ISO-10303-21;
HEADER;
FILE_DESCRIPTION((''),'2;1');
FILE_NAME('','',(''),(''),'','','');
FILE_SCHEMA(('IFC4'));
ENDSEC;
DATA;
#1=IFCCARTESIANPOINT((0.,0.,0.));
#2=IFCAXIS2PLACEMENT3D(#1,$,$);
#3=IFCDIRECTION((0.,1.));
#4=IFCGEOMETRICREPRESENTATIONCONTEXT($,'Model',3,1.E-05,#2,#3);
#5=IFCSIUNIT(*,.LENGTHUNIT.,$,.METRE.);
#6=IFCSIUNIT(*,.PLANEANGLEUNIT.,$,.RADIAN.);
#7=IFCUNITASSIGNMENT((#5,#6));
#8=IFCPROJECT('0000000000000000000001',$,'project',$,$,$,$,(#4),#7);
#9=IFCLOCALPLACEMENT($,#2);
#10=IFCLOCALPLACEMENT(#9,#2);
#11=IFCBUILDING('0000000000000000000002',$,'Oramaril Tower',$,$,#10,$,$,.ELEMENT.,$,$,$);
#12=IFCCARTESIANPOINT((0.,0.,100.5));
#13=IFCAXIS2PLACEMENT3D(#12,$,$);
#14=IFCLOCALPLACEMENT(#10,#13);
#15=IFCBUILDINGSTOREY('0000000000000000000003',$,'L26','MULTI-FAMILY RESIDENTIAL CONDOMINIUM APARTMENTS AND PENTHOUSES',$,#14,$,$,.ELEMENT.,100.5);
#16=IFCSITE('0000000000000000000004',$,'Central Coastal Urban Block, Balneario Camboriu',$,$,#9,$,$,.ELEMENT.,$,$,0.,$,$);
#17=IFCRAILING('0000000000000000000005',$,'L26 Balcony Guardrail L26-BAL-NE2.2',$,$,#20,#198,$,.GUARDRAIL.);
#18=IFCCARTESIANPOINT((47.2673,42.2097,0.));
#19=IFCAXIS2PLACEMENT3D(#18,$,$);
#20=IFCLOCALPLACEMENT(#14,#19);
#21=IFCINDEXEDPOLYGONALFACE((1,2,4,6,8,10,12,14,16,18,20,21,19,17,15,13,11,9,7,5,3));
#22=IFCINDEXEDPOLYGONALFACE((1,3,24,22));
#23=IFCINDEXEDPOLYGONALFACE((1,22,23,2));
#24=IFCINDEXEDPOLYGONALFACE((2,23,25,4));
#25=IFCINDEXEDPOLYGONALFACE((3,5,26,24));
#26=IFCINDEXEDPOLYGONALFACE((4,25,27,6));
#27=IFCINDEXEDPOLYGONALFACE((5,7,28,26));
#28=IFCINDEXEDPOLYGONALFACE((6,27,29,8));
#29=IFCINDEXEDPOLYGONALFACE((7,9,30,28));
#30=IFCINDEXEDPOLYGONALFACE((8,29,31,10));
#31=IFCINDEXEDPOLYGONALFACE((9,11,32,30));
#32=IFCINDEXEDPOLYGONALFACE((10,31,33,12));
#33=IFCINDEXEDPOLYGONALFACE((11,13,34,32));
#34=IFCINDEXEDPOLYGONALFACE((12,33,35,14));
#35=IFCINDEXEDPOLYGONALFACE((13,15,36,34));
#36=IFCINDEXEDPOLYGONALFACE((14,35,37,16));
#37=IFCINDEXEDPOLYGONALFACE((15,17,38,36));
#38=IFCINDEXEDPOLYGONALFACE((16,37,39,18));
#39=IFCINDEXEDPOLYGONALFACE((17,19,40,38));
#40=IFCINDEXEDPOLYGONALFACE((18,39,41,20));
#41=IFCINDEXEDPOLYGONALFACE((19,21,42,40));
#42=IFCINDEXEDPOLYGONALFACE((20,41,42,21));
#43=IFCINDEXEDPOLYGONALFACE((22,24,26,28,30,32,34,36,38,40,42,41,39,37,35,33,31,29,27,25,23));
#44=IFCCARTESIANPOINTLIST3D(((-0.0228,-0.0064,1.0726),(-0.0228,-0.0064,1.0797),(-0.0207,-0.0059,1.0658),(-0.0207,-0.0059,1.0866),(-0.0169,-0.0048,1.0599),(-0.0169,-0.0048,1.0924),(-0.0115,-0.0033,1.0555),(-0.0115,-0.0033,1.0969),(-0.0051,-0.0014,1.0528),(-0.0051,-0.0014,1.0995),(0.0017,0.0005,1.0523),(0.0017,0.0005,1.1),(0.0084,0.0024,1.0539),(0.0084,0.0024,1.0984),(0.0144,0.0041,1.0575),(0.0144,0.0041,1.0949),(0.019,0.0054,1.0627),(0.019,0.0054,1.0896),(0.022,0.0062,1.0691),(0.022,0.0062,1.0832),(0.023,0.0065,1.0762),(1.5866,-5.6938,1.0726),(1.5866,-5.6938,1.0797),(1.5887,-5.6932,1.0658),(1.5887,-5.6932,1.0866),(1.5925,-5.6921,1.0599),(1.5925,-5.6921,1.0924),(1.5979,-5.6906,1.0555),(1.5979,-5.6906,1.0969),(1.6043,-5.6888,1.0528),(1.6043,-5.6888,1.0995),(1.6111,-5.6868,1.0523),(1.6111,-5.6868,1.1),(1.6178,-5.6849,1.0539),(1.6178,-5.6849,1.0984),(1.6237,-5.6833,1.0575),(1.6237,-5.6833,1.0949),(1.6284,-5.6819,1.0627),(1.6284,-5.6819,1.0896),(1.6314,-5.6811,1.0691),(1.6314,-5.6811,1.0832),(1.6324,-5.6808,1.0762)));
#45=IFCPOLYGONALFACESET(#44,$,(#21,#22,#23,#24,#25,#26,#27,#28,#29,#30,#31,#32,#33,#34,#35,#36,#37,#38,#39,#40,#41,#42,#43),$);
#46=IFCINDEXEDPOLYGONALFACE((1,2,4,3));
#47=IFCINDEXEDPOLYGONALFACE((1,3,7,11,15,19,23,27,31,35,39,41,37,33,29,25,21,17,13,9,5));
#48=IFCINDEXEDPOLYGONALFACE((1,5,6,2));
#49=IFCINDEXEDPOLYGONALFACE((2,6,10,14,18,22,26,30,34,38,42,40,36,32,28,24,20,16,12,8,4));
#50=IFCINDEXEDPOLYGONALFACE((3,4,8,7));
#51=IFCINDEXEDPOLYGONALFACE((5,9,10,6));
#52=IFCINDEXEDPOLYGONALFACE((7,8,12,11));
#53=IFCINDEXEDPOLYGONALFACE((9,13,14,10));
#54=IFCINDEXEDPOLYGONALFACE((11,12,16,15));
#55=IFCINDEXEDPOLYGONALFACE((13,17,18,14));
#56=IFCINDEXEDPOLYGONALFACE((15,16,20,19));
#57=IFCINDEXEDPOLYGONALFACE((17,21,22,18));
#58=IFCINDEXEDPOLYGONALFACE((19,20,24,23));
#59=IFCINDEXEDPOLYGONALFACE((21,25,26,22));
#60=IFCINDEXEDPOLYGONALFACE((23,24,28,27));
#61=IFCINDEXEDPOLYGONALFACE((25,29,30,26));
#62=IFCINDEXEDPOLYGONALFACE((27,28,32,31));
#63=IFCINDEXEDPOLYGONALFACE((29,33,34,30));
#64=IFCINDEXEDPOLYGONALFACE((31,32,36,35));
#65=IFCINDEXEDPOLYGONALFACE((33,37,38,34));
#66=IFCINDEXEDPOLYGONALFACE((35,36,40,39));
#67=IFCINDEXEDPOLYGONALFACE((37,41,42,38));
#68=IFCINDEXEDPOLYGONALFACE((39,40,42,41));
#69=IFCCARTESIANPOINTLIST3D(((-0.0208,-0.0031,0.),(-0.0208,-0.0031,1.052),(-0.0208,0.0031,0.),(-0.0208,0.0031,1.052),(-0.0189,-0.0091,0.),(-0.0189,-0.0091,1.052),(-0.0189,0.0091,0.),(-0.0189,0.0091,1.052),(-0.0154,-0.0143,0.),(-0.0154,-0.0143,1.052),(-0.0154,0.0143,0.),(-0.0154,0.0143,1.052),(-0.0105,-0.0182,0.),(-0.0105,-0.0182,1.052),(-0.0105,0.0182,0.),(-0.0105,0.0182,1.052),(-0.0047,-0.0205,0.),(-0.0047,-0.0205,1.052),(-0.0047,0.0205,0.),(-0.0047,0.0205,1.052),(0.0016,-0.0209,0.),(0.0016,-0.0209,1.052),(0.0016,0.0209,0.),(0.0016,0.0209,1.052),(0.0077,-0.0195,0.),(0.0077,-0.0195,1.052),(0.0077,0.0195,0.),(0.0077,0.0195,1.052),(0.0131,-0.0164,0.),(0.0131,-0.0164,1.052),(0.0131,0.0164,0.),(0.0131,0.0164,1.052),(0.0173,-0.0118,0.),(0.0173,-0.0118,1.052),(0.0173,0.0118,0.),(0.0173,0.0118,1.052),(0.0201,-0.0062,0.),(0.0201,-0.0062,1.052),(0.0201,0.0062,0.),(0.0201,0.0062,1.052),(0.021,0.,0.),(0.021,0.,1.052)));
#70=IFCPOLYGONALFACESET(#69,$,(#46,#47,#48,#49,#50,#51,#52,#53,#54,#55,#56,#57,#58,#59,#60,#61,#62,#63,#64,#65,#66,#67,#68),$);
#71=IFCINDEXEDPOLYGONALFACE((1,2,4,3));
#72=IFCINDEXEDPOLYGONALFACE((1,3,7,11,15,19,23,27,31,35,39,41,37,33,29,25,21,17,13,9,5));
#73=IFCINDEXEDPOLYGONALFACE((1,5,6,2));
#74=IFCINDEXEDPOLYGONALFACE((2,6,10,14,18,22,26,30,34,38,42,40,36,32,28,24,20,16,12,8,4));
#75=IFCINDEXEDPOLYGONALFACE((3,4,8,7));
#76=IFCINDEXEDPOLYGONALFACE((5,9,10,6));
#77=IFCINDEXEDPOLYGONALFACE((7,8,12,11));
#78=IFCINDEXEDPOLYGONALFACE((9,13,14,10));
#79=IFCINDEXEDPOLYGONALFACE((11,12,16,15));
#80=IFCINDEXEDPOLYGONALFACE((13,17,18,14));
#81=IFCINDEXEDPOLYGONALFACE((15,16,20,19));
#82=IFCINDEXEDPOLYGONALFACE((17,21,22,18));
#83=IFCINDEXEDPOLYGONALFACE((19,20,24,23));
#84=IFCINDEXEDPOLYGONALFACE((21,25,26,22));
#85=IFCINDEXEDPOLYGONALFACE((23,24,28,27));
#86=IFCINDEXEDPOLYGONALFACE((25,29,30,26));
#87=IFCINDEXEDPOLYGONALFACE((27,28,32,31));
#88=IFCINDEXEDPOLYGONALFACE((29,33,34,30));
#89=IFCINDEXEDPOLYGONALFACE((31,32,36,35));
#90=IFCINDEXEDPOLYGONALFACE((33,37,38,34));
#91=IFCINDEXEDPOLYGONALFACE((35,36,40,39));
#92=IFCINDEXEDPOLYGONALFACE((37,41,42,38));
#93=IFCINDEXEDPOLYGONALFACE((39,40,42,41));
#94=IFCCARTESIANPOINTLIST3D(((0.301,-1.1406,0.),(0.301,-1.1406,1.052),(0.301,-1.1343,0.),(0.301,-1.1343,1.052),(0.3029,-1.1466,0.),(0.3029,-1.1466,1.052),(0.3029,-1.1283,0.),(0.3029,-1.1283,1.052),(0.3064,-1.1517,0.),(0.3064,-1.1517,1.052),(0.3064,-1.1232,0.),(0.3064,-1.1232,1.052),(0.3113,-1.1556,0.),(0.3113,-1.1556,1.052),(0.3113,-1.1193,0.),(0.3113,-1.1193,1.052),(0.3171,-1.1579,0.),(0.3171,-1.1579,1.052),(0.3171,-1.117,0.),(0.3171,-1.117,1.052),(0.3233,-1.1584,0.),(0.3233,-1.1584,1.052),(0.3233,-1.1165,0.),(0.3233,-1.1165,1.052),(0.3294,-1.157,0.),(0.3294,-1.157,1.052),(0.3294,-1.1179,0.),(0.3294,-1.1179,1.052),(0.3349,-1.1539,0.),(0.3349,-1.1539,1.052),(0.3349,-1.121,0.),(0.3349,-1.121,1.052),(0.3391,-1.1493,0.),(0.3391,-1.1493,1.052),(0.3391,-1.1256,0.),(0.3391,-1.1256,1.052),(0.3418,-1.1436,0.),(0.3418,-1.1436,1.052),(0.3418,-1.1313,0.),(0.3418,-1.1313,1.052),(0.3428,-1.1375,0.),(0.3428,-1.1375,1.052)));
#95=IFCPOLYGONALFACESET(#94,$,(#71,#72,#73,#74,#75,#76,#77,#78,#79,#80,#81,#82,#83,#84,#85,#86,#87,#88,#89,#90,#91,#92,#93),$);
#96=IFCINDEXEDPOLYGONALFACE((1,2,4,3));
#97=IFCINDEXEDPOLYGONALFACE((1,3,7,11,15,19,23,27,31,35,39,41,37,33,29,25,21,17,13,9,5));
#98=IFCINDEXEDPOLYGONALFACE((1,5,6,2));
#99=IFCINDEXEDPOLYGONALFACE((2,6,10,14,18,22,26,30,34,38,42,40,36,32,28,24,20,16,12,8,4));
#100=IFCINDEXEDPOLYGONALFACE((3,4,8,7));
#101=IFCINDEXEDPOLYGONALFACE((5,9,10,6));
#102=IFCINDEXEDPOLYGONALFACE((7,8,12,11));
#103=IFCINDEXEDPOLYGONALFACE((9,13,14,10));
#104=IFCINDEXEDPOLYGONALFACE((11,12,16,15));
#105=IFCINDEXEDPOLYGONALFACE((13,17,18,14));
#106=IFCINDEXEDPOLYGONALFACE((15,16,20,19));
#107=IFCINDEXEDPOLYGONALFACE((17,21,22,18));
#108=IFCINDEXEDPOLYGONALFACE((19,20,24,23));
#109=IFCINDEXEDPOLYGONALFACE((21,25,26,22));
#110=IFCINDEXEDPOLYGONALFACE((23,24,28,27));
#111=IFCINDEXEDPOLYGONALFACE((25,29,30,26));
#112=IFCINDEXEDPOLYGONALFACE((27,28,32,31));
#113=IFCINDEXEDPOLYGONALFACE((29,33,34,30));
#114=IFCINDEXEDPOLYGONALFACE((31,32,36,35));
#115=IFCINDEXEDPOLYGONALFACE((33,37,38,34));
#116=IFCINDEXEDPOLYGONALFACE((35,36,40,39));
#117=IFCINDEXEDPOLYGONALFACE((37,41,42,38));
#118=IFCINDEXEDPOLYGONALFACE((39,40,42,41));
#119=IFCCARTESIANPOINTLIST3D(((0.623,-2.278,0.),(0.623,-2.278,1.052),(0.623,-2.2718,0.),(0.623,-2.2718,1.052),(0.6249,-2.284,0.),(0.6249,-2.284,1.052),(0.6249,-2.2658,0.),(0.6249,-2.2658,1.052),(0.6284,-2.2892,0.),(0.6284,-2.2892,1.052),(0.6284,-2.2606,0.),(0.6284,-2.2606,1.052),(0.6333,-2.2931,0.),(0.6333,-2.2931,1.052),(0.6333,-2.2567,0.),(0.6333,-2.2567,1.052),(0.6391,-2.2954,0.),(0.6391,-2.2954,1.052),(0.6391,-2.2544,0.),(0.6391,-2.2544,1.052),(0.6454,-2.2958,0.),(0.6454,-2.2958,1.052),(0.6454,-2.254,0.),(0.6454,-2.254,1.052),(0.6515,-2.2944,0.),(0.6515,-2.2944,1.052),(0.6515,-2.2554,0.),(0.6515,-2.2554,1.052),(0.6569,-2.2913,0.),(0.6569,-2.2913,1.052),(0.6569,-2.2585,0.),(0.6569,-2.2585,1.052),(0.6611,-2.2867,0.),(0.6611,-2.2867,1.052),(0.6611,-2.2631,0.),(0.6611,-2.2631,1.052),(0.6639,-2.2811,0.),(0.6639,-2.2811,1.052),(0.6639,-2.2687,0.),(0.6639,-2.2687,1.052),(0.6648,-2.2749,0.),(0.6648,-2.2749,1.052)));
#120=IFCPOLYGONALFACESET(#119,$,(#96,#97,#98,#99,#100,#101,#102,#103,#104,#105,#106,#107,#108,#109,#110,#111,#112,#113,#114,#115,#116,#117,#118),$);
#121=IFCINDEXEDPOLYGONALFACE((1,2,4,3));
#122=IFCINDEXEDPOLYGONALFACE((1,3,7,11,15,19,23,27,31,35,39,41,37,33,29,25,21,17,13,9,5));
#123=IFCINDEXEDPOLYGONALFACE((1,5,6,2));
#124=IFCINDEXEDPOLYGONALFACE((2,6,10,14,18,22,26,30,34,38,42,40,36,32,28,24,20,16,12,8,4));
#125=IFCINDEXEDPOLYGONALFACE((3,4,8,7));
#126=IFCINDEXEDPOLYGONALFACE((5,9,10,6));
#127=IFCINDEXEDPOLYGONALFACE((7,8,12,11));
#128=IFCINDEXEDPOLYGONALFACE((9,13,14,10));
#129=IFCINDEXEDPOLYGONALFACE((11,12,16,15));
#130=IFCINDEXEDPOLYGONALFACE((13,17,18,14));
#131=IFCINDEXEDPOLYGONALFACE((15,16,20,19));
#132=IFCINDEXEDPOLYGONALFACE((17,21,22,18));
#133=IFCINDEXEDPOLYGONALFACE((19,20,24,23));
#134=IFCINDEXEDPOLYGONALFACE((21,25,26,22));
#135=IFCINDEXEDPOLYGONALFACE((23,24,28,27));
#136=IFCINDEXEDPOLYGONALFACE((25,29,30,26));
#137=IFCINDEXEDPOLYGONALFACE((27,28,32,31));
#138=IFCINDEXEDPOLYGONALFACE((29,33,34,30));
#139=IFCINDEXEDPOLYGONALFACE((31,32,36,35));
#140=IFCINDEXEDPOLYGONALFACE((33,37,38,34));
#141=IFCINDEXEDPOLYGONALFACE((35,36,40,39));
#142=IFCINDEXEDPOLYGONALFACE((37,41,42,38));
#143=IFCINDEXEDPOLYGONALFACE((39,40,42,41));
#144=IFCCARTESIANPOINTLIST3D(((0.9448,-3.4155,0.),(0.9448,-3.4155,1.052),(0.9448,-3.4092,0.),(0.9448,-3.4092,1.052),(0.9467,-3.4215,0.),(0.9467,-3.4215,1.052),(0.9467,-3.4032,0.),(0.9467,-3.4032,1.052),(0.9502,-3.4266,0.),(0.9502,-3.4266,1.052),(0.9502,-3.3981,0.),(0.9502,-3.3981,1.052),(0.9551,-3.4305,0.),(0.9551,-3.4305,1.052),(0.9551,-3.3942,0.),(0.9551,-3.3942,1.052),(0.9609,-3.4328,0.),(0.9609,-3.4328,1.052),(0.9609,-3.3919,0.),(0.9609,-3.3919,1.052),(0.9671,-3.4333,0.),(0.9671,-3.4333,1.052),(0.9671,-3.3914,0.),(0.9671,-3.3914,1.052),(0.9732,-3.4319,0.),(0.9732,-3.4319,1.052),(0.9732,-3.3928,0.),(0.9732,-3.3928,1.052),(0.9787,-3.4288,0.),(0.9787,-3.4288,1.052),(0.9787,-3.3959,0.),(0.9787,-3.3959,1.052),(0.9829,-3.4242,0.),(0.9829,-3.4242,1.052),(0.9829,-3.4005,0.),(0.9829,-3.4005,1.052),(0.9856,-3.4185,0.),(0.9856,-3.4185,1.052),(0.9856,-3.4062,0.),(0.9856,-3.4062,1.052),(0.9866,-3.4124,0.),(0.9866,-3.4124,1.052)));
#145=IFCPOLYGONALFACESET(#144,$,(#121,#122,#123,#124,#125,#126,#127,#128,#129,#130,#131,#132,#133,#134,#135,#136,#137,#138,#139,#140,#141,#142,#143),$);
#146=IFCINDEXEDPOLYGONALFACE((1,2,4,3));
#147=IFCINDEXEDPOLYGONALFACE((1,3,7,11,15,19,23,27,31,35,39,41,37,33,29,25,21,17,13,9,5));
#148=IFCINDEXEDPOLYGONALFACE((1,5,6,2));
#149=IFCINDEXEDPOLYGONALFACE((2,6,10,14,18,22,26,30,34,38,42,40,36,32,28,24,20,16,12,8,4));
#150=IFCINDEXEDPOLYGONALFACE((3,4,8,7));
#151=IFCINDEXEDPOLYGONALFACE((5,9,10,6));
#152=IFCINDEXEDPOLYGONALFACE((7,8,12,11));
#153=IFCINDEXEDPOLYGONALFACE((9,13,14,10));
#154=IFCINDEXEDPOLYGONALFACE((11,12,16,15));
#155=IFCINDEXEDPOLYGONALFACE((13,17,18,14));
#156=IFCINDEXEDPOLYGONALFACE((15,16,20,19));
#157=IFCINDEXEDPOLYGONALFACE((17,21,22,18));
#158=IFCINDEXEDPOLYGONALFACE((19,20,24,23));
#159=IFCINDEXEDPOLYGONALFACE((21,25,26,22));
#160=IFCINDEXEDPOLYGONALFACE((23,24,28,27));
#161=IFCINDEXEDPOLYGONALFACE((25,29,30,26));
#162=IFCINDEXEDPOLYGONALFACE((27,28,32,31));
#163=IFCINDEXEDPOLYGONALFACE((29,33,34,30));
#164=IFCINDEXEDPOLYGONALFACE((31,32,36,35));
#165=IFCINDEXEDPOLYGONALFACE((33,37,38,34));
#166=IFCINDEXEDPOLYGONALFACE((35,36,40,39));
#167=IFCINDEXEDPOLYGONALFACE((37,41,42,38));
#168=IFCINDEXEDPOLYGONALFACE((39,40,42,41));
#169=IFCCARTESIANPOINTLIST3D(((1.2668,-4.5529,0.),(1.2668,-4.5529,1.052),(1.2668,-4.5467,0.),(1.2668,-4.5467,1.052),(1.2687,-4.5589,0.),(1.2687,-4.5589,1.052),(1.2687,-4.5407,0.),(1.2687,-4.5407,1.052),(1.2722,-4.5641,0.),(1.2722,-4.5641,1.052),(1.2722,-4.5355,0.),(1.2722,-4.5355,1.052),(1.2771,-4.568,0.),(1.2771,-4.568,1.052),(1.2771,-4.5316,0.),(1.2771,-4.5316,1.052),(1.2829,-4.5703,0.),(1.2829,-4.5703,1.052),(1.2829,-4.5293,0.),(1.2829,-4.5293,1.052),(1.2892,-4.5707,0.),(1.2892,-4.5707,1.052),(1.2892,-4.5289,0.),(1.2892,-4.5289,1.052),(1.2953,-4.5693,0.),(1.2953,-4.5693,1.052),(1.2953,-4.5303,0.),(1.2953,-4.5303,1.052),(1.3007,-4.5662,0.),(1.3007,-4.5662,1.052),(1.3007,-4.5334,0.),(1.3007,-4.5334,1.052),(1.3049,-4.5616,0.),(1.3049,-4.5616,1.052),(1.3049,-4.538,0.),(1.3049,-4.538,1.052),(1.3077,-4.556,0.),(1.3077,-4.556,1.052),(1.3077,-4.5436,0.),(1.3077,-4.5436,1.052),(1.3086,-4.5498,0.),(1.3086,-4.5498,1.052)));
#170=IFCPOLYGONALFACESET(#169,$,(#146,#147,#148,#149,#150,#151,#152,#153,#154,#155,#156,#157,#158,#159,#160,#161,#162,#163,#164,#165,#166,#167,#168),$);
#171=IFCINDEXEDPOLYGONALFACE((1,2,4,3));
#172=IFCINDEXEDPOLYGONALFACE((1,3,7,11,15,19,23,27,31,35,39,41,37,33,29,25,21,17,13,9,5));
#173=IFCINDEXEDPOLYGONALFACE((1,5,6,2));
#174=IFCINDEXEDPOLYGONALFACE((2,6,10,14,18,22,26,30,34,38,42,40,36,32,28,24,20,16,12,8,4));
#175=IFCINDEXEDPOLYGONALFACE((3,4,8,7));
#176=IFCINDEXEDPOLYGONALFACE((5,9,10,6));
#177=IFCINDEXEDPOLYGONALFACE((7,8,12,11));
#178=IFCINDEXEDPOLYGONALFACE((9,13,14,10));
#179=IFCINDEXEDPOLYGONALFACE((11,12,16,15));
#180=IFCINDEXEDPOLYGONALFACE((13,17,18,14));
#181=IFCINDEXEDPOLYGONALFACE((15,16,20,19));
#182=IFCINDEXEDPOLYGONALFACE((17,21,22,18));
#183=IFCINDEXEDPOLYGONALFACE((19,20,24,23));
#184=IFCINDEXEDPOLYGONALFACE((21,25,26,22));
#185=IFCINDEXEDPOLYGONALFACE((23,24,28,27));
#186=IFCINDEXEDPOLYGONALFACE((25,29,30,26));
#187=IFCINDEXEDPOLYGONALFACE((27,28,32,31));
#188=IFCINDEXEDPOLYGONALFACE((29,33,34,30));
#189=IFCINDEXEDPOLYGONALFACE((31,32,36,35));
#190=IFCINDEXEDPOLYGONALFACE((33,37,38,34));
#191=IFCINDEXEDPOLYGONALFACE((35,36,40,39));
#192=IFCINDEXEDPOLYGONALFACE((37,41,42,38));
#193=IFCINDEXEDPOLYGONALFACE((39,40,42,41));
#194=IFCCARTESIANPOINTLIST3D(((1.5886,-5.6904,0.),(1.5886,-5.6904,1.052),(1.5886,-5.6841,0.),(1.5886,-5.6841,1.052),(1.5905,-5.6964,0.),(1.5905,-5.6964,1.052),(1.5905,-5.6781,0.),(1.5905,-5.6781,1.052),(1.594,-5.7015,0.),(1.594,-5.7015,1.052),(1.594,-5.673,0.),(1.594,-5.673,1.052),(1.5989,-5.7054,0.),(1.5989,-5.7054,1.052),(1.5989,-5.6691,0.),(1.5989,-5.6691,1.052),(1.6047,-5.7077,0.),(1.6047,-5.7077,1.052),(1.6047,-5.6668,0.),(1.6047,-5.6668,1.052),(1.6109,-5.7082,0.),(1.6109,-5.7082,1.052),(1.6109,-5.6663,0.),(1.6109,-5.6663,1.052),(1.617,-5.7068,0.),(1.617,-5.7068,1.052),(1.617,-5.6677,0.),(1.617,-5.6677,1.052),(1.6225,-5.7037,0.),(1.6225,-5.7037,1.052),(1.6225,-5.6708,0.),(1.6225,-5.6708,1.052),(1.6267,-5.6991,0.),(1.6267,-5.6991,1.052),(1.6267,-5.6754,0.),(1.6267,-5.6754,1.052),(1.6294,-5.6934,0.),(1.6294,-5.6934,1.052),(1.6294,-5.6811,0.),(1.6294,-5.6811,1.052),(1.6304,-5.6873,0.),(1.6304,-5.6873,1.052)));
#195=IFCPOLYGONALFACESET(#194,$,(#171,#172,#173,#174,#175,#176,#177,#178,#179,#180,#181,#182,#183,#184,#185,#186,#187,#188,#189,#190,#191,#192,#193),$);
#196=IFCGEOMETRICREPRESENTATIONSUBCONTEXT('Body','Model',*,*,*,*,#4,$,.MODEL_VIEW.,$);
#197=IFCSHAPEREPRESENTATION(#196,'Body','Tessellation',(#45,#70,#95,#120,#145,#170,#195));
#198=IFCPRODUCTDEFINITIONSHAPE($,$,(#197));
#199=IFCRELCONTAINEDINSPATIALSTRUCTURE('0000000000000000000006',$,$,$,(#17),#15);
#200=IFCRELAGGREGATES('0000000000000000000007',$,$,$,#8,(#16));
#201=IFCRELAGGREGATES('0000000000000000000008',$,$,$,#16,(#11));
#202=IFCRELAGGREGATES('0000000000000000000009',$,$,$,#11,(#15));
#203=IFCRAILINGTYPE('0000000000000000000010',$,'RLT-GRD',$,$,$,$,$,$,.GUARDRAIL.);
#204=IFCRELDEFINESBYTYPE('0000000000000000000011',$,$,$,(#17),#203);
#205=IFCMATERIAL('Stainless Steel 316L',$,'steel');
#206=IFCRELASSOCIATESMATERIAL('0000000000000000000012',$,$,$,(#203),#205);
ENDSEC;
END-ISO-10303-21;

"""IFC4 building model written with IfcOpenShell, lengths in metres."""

from ifc_helpers import new_model, si_unit, direction, frame, origin, origin_2d, place, context, subcontext, project, spatial, circle, extrude, material, type_object, element, save


model = new_model("IFC4")

# Units and contexts
model_context = context("Model", 3, precision=1e-05, world=origin(), true_north=direction((0.0, 1.0)))
body_context = subcontext(model_context, "Body", "Model", "MODEL_VIEW")
ifc_project = project(units=[si_unit("LENGTHUNIT", "METRE"), si_unit("PLANEANGLEUNIT", "RADIAN")], contexts=[model_context])

# Site, building, storey
site_placement = place(None, origin())
site = spatial("IfcSite", under=ifc_project, at=site_placement, Name="Central Coastal Urban Block, Balneario Camboriu", CompositionType="ELEMENT", RefElevation=0.0)
building_placement = place(site_placement, origin())
building = spatial("IfcBuilding", under=site, at=building_placement, Name="Oramaril Tower", CompositionType="ELEMENT")
storey_placement = place(building_placement, frame((0.0, 0.0, 100.5)))
storey = spatial("IfcBuildingStorey", under=building, at=storey_placement, Name="L26", Description="MULTI-FAMILY RESIDENTIAL CONDOMINIUM APARTMENTS AND PENTHOUSES", CompositionType="ELEMENT", Elevation=100.5)

# Railing
ifc_material_1 = material(Name="Stainless Steel 316L", Category="steel")
railing_type = type_object("IfcRailingType", Name="RLT-GRD", PredefinedType="GUARDRAIL", material=ifc_material_1)
railing_1_placement = place(storey_placement, frame((47.2673, 42.2097, 0.0)))
element("IfcRailing", 1, at=railing_1_placement, inside=storey, type_object=railing_type, Name="L26 Balcony Guardrail L26-BAL-NE2.2", PredefinedType="GUARDRAIL", context=body_context, shape_type="SweptSolid", body=[
    extrude(circle(Radius=0.0239, at=origin_2d()), frame((0.0, 0.0, 1.0762), z_axis=(0.272287, -0.962216, 0.0), x_axis=(0.962216, 0.272287, 0.0)), (0.0, 0.0, 1.0), 5.9106),
    extrude(circle(Radius=0.021, at=origin_2d()), origin(), (0.0, 0.0, 1.0), 1.052),
    extrude(circle(Radius=0.021, at=origin_2d()), frame((0.3218, -1.1375, 0.0)), (0.0, 0.0, 1.0), 1.052),
    extrude(circle(Radius=0.021, at=origin_2d()), frame((0.6438, -2.2749, 0.0)), (0.0, 0.0, 1.0), 1.052),
    extrude(circle(Radius=0.021, at=origin_2d()), frame((0.9656, -3.4124, 0.0)), (0.0, 0.0, 1.0), 1.052),
    extrude(circle(Radius=0.021, at=origin_2d()), frame((1.2876, -4.5498, 0.0)), (0.0, 0.0, 1.0), 1.052),
    extrude(circle(Radius=0.021, at=origin_2d()), frame((1.6094, -5.6873, 0.0)), (0.0, 0.0, 1.0), 1.052),
])

save(model, "model.ifc")
